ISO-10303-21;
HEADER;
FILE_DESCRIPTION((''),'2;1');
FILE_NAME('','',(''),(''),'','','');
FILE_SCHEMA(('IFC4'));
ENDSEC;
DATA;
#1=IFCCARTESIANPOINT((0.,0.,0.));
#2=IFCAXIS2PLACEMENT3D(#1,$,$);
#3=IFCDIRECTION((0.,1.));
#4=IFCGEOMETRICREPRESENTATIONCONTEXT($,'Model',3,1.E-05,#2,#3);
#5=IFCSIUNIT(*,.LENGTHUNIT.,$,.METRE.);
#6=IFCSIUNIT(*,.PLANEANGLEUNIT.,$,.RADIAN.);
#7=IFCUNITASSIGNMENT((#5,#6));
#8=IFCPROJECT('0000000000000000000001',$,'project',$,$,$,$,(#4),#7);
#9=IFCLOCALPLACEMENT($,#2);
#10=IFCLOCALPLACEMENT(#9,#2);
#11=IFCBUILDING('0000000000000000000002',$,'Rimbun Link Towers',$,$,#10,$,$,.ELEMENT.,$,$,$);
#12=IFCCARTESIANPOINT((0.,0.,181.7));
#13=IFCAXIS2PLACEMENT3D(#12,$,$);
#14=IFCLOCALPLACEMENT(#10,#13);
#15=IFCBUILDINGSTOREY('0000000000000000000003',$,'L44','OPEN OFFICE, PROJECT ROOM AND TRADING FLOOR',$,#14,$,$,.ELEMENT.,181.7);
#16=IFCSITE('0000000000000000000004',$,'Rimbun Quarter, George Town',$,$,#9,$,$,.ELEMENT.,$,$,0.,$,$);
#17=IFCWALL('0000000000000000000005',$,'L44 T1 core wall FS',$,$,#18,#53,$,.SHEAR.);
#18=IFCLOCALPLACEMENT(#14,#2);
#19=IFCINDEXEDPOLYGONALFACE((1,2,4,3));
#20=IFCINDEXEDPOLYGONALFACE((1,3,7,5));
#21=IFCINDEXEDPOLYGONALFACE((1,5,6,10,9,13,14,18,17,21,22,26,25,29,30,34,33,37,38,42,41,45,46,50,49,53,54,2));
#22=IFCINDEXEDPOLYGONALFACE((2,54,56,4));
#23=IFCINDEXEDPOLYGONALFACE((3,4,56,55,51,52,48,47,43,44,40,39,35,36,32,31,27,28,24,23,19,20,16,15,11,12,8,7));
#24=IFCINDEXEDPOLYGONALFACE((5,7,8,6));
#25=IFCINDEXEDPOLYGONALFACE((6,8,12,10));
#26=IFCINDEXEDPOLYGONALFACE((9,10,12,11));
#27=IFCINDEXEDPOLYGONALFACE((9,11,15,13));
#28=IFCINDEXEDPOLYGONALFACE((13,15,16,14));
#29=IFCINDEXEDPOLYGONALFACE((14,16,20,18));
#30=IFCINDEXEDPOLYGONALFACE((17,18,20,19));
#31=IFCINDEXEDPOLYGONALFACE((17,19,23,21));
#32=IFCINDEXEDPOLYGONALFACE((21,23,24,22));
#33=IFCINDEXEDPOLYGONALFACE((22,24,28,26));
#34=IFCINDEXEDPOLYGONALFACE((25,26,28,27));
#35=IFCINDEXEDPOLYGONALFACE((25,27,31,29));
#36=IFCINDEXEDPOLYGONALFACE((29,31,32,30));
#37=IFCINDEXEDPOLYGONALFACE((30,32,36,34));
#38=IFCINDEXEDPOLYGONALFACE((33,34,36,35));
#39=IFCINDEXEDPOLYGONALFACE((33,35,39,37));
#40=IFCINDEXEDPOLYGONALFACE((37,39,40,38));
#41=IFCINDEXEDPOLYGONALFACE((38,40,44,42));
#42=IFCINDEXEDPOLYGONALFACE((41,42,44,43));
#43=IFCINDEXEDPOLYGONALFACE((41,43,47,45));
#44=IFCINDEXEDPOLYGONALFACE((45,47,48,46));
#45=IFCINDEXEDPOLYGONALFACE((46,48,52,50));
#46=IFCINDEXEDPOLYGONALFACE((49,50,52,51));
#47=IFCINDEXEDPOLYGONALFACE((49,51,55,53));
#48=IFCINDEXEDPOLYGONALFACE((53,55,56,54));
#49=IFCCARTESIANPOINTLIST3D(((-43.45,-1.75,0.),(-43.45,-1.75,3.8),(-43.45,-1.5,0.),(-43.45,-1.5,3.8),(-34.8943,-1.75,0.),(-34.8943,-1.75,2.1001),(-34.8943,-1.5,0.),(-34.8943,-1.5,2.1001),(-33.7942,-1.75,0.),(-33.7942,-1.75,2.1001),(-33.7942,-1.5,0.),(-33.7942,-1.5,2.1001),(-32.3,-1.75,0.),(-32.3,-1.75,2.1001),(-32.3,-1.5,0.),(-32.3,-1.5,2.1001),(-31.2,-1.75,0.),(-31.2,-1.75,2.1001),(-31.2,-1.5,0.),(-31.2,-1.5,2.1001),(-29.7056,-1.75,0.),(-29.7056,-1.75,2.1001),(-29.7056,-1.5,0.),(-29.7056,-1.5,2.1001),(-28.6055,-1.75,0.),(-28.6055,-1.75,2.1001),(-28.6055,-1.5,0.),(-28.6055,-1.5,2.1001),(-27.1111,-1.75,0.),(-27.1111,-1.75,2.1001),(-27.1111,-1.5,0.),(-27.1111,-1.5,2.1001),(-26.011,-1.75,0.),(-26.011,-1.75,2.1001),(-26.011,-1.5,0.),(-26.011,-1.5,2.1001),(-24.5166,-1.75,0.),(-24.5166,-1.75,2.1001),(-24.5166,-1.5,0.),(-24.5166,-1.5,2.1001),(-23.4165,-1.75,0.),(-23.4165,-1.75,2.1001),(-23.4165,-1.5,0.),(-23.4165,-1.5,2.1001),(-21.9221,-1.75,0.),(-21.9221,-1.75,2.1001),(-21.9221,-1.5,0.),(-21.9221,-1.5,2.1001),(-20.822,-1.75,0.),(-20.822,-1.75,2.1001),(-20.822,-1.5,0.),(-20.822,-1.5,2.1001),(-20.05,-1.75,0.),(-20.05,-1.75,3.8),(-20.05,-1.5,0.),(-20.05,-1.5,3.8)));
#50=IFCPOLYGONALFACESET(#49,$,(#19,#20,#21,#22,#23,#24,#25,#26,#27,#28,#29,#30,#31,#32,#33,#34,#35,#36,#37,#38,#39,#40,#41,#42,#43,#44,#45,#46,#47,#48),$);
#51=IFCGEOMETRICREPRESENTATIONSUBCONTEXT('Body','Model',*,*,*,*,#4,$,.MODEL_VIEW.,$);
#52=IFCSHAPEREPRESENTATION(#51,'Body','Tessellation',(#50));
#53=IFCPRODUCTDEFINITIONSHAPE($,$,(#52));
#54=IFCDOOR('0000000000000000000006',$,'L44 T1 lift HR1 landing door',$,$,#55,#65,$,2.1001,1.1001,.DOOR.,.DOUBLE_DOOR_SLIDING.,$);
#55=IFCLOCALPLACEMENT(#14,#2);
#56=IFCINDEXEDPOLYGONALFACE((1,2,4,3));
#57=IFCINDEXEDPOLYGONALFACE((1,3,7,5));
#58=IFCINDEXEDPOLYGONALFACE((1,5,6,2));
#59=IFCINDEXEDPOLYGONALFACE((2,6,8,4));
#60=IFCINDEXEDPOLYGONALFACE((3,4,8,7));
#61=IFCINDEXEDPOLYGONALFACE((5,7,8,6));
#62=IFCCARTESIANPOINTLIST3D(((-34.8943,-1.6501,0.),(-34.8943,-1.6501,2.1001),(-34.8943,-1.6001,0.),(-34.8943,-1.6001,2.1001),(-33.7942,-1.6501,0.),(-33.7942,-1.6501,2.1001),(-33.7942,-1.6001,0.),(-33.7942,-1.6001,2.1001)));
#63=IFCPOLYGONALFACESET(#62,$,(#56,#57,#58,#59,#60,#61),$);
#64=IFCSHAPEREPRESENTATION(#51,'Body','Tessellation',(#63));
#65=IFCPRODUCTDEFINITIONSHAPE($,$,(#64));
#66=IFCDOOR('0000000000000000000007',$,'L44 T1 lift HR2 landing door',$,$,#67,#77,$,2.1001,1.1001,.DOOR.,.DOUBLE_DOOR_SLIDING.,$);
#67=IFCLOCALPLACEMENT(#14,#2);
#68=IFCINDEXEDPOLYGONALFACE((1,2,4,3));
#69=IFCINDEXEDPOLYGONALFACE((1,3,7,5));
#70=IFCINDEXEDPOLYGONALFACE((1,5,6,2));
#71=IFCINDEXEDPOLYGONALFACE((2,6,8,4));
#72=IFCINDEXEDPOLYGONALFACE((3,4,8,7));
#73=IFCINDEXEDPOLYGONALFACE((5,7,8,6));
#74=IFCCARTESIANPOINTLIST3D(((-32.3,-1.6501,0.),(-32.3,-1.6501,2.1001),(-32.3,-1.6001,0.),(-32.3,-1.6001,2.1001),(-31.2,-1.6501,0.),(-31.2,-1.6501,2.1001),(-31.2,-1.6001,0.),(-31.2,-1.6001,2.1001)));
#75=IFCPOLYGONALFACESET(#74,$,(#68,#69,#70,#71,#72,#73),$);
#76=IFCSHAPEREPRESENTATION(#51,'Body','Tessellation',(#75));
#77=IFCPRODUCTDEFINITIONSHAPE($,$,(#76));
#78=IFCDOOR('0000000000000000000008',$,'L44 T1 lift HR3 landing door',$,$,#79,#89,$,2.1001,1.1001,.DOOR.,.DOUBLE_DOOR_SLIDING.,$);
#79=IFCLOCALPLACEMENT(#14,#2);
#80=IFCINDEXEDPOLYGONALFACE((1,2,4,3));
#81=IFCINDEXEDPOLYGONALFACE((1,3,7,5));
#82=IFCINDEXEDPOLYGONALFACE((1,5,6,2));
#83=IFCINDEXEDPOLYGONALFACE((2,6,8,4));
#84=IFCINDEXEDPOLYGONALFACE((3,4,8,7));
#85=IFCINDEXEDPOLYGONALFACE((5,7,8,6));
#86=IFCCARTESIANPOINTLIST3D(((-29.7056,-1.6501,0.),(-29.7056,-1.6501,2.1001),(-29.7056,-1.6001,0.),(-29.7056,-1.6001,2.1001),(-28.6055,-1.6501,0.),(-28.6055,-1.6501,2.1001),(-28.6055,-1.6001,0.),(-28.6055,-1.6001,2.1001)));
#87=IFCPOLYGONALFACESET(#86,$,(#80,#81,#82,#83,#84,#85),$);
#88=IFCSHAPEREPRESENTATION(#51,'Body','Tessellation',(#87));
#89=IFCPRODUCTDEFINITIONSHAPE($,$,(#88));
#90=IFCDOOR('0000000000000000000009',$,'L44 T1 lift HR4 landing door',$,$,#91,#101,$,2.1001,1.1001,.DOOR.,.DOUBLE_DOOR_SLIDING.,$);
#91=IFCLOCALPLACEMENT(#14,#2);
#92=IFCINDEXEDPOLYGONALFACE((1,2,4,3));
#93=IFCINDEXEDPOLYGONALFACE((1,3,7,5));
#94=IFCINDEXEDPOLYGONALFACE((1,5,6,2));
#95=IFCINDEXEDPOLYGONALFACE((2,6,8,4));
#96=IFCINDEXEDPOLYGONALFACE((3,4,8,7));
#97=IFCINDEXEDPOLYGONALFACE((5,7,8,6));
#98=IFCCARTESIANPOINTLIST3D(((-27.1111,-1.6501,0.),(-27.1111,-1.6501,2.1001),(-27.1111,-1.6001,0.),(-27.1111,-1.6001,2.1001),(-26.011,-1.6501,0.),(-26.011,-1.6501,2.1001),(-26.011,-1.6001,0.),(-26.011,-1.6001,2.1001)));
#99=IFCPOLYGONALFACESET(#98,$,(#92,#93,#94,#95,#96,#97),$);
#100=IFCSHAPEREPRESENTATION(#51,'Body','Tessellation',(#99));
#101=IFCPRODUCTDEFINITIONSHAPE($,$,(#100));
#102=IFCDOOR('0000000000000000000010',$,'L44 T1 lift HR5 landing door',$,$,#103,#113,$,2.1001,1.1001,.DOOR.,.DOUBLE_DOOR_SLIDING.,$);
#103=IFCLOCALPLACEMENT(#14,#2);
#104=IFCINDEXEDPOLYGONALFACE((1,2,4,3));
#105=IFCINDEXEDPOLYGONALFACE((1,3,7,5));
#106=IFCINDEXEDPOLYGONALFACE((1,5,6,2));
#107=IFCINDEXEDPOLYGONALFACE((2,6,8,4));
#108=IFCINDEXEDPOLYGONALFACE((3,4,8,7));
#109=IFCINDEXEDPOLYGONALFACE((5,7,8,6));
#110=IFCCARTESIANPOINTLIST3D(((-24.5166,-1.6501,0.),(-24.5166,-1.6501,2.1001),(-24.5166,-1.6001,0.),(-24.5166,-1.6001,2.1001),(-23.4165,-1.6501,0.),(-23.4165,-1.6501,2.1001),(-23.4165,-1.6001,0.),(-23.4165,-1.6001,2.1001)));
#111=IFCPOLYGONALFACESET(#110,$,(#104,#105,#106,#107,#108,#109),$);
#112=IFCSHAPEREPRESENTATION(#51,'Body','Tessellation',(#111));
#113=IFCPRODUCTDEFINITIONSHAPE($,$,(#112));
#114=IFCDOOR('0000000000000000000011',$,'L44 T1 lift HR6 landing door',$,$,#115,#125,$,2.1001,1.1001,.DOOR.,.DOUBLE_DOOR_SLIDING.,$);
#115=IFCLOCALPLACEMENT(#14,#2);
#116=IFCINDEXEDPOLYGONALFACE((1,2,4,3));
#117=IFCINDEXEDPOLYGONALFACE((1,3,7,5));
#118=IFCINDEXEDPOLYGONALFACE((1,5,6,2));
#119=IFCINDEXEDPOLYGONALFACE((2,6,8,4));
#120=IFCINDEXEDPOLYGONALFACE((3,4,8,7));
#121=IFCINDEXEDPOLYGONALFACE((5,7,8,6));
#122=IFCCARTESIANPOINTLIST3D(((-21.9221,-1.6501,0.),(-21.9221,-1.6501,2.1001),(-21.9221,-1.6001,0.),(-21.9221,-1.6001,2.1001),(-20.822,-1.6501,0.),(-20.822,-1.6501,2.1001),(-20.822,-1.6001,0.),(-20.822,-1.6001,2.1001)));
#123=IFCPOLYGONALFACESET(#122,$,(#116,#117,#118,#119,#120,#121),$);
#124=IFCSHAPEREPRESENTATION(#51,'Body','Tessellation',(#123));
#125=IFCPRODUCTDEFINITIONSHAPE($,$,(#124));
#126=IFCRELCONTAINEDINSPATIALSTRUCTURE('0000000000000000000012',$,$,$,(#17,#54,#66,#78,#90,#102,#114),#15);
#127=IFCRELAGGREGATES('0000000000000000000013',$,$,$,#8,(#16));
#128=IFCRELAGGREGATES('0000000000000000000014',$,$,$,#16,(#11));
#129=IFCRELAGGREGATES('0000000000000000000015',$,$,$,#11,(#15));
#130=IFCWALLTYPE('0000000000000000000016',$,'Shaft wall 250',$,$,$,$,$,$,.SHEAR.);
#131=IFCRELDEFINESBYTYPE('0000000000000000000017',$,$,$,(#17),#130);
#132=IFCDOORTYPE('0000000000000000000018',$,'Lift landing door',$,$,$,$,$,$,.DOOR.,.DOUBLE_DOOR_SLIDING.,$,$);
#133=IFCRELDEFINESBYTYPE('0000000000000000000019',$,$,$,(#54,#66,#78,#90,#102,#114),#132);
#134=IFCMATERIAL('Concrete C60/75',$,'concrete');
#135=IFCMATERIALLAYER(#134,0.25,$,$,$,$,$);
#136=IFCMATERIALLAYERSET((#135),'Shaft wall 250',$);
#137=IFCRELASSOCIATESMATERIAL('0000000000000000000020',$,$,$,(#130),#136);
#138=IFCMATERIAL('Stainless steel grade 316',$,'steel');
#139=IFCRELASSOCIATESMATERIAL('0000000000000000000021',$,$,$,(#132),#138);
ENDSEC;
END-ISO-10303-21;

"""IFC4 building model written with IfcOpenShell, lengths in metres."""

from ifc_helpers import new_model, si_unit, direction, frame, frame_2d, origin, place, context, subcontext, project, spatial, rectangle, extrude, material, layer, layer_set, type_object, element, fill, save


model = new_model("IFC4")

# Units and contexts
model_context = context("Model", 3, precision=1e-05, world=origin(), true_north=direction((0.0, 1.0)))
body_context = subcontext(model_context, "Body", "Model", "MODEL_VIEW")
ifc_project = project(units=[si_unit("LENGTHUNIT", "METRE"), si_unit("PLANEANGLEUNIT", "RADIAN")], contexts=[model_context])

# Site, building, storey
site_placement = place(None, origin())
site = spatial("IfcSite", under=ifc_project, at=site_placement, Name="Rimbun Quarter, George Town", CompositionType="ELEMENT", RefElevation=0.0)
building_placement = place(site_placement, origin())
building = spatial("IfcBuilding", under=site, at=building_placement, Name="Rimbun Link Towers", CompositionType="ELEMENT")
storey_placement = place(building_placement, frame((0.0, 0.0, 181.7)))
storey = spatial("IfcBuildingStorey", under=building, at=storey_placement, Name="L44", Description="OPEN OFFICE, PROJECT ROOM AND TRADING FLOOR", CompositionType="ELEMENT", Elevation=181.7)

# Shared definitions
ifc_material_1 = material(Name="Concrete C60/75", Category="concrete")
ifc_layer_1 = layer(ifc_material_1, 0.25)
ifc_layer_set_1 = layer_set([ifc_layer_1], Name="Shaft wall 250")
wall_type_1 = type_object("IfcWallType", Name="Shaft wall 250", PredefinedType="SHEAR", material=ifc_layer_set_1)

# Wall, openings, doors
wall_1_placement = place(storey_placement, frame((-43.45, -1.625, 0.0), z_axis=(0.0, 0.0, 1.0), x_axis=(1.0, 0.0, 0.0)))
wall_1 = element("IfcWall", 1, at=wall_1_placement, inside=storey, type_object=wall_type_1, Name="L44 T1 core wall FS", PredefinedType="SHEAR", context=body_context, shape_type="SweptSolid", body=[
    extrude(rectangle(XDim=23.3999, YDim=0.25, at=frame_2d((11.7, 0.0))), origin(), (0.0, 0.0, 1.0), 3.8),
])
opening_1_placement = place(wall_1_placement, frame((8.5557, 0.0, 0.0)))
opening_1 = element("IfcOpeningElement", 2, at=opening_1_placement, cuts=wall_1, PredefinedType="OPENING", context=body_context, shape_type="SweptSolid", body=[
    extrude(rectangle(XDim=1.1001, YDim=2.1001, at=frame_2d((0.55, 1.05))), frame((0.0, 0.135, 0.0), z_axis=(0.0, -1.0, 0.0), x_axis=(1.0, 0.0, 0.0)), (0.0, 0.0, 1.0), 0.27),
])
opening_2_placement = place(wall_1_placement, frame((11.1499, 0.0, 0.0)))
opening_2 = element("IfcOpeningElement", 3, at=opening_2_placement, cuts=wall_1, PredefinedType="OPENING", context=body_context, shape_type="SweptSolid", body=[
    extrude(rectangle(XDim=1.1001, YDim=2.1001, at=frame_2d((0.55, 1.05))), frame((0.0, 0.135, 0.0), z_axis=(0.0, -1.0, 0.0), x_axis=(1.0, 0.0, 0.0)), (0.0, 0.0, 1.0), 0.27),
])
opening_3_placement = place(wall_1_placement, frame((13.7444, 0.0, 0.0)))
opening_3 = element("IfcOpeningElement", 4, at=opening_3_placement, cuts=wall_1, PredefinedType="OPENING", context=body_context, shape_type="SweptSolid", body=[
    extrude(rectangle(XDim=1.1001, YDim=2.1001, at=frame_2d((0.55, 1.05))), frame((0.0, 0.135, 0.0), z_axis=(0.0, -1.0, 0.0), x_axis=(1.0, 0.0, 0.0)), (0.0, 0.0, 1.0), 0.27),
])
opening_4_placement = place(wall_1_placement, frame((16.3389, 0.0, 0.0)))
opening_4 = element("IfcOpeningElement", 5, at=opening_4_placement, cuts=wall_1, PredefinedType="OPENING", context=body_context, shape_type="SweptSolid", body=[
    extrude(rectangle(XDim=1.1001, YDim=2.1001, at=frame_2d((0.55, 1.05))), frame((0.0, 0.135, 0.0), z_axis=(0.0, -1.0, 0.0), x_axis=(1.0, 0.0, 0.0)), (0.0, 0.0, 1.0), 0.27),
])
opening_5_placement = place(wall_1_placement, frame((18.9333, 0.0, 0.0)))
opening_5 = element("IfcOpeningElement", 6, at=opening_5_placement, cuts=wall_1, PredefinedType="OPENING", context=body_context, shape_type="SweptSolid", body=[
    extrude(rectangle(XDim=1.1001, YDim=2.1001, at=frame_2d((0.55, 1.05))), frame((0.0, 0.135, 0.0), z_axis=(0.0, -1.0, 0.0), x_axis=(1.0, 0.0, 0.0)), (0.0, 0.0, 1.0), 0.27),
])
opening_6_placement = place(wall_1_placement, frame((21.5278, 0.0, 0.0)))
opening_6 = element("IfcOpeningElement", 7, at=opening_6_placement, cuts=wall_1, PredefinedType="OPENING", context=body_context, shape_type="SweptSolid", body=[
    extrude(rectangle(XDim=1.1001, YDim=2.1001, at=frame_2d((0.55, 1.05))), frame((0.0, 0.135, 0.0), z_axis=(0.0, -1.0, 0.0), x_axis=(1.0, 0.0, 0.0)), (0.0, 0.0, 1.0), 0.27),
])
ifc_material_2 = material(Name="Stainless steel grade 316", Category="steel")
door_type_1 = type_object("IfcDoorType", Name="Lift landing door", OperationType="DOUBLE_DOOR_SLIDING", PredefinedType="DOOR", material=ifc_material_2)
door_1_placement = place(opening_1_placement, origin())
door_1 = element("IfcDoor", 8, at=door_1_placement, inside=storey, type_object=door_type_1, Name="L44 T1 lift HR1 landing door", OperationType="DOUBLE_DOOR_SLIDING", OverallHeight=2.1001, OverallWidth=1.1001, PredefinedType="DOOR", context=body_context, shape_type="SweptSolid", body=[
    extrude(rectangle(XDim=1.1001, YDim=2.1001, at=frame_2d((0.55, 1.05))), frame((0.0, 0.0249, 0.0), z_axis=(0.0, -1.0, 0.0), x_axis=(1.0, 0.0, 0.0)), (0.0, 0.0, 1.0), 0.05),
])
fill(opening_1, door_1)
door_2_placement = place(opening_2_placement, origin())
door_2 = element("IfcDoor", 9, at=door_2_placement, inside=storey, type_object=door_type_1, Name="L44 T1 lift HR2 landing door", OperationType="DOUBLE_DOOR_SLIDING", OverallHeight=2.1001, OverallWidth=1.1001, PredefinedType="DOOR", context=body_context, shape_type="SweptSolid", body=[
    extrude(rectangle(XDim=1.1001, YDim=2.1001, at=frame_2d((0.55, 1.05))), frame((0.0, 0.0249, 0.0), z_axis=(0.0, -1.0, 0.0), x_axis=(1.0, 0.0, 0.0)), (0.0, 0.0, 1.0), 0.05),
])
fill(opening_2, door_2)
door_3_placement = place(opening_3_placement, origin())
door_3 = element("IfcDoor", 10, at=door_3_placement, inside=storey, type_object=door_type_1, Name="L44 T1 lift HR3 landing door", OperationType="DOUBLE_DOOR_SLIDING", OverallHeight=2.1001, OverallWidth=1.1001, PredefinedType="DOOR", context=body_context, shape_type="SweptSolid", body=[
    extrude(rectangle(XDim=1.1001, YDim=2.1001, at=frame_2d((0.55, 1.05))), frame((0.0, 0.0249, 0.0), z_axis=(0.0, -1.0, 0.0), x_axis=(1.0, 0.0, 0.0)), (0.0, 0.0, 1.0), 0.05),
])
fill(opening_3, door_3)
door_4_placement = place(opening_4_placement, origin())
door_4 = element("IfcDoor", 11, at=door_4_placement, inside=storey, type_object=door_type_1, Name="L44 T1 lift HR4 landing door", OperationType="DOUBLE_DOOR_SLIDING", OverallHeight=2.1001, OverallWidth=1.1001, PredefinedType="DOOR", context=body_context, shape_type="SweptSolid", body=[
    extrude(rectangle(XDim=1.1001, YDim=2.1001, at=frame_2d((0.55, 1.05))), frame((0.0, 0.0249, 0.0), z_axis=(0.0, -1.0, 0.0), x_axis=(1.0, 0.0, 0.0)), (0.0, 0.0, 1.0), 0.05),
])
fill(opening_4, door_4)
door_5_placement = place(opening_5_placement, origin())
door_5 = element("IfcDoor", 12, at=door_5_placement, inside=storey, type_object=door_type_1, Name="L44 T1 lift HR5 landing door", OperationType="DOUBLE_DOOR_SLIDING", OverallHeight=2.1001, OverallWidth=1.1001, PredefinedType="DOOR", context=body_context, shape_type="SweptSolid", body=[
    extrude(rectangle(XDim=1.1001, YDim=2.1001, at=frame_2d((0.55, 1.05))), frame((0.0, 0.0249, 0.0), z_axis=(0.0, -1.0, 0.0), x_axis=(1.0, 0.0, 0.0)), (0.0, 0.0, 1.0), 0.05),
])
fill(opening_5, door_5)
door_6_placement = place(opening_6_placement, origin())
door_6 = element("IfcDoor", 13, at=door_6_placement, inside=storey, type_object=door_type_1, Name="L44 T1 lift HR6 landing door", OperationType="DOUBLE_DOOR_SLIDING", OverallHeight=2.1001, OverallWidth=1.1001, PredefinedType="DOOR", context=body_context, shape_type="SweptSolid", body=[
    extrude(rectangle(XDim=1.1001, YDim=2.1001, at=frame_2d((0.55, 1.05))), frame((0.0, 0.0249, 0.0), z_axis=(0.0, -1.0, 0.0), x_axis=(1.0, 0.0, 0.0)), (0.0, 0.0, 1.0), 0.05),
])
fill(opening_6, door_6)

save(model, "model.ifc")
